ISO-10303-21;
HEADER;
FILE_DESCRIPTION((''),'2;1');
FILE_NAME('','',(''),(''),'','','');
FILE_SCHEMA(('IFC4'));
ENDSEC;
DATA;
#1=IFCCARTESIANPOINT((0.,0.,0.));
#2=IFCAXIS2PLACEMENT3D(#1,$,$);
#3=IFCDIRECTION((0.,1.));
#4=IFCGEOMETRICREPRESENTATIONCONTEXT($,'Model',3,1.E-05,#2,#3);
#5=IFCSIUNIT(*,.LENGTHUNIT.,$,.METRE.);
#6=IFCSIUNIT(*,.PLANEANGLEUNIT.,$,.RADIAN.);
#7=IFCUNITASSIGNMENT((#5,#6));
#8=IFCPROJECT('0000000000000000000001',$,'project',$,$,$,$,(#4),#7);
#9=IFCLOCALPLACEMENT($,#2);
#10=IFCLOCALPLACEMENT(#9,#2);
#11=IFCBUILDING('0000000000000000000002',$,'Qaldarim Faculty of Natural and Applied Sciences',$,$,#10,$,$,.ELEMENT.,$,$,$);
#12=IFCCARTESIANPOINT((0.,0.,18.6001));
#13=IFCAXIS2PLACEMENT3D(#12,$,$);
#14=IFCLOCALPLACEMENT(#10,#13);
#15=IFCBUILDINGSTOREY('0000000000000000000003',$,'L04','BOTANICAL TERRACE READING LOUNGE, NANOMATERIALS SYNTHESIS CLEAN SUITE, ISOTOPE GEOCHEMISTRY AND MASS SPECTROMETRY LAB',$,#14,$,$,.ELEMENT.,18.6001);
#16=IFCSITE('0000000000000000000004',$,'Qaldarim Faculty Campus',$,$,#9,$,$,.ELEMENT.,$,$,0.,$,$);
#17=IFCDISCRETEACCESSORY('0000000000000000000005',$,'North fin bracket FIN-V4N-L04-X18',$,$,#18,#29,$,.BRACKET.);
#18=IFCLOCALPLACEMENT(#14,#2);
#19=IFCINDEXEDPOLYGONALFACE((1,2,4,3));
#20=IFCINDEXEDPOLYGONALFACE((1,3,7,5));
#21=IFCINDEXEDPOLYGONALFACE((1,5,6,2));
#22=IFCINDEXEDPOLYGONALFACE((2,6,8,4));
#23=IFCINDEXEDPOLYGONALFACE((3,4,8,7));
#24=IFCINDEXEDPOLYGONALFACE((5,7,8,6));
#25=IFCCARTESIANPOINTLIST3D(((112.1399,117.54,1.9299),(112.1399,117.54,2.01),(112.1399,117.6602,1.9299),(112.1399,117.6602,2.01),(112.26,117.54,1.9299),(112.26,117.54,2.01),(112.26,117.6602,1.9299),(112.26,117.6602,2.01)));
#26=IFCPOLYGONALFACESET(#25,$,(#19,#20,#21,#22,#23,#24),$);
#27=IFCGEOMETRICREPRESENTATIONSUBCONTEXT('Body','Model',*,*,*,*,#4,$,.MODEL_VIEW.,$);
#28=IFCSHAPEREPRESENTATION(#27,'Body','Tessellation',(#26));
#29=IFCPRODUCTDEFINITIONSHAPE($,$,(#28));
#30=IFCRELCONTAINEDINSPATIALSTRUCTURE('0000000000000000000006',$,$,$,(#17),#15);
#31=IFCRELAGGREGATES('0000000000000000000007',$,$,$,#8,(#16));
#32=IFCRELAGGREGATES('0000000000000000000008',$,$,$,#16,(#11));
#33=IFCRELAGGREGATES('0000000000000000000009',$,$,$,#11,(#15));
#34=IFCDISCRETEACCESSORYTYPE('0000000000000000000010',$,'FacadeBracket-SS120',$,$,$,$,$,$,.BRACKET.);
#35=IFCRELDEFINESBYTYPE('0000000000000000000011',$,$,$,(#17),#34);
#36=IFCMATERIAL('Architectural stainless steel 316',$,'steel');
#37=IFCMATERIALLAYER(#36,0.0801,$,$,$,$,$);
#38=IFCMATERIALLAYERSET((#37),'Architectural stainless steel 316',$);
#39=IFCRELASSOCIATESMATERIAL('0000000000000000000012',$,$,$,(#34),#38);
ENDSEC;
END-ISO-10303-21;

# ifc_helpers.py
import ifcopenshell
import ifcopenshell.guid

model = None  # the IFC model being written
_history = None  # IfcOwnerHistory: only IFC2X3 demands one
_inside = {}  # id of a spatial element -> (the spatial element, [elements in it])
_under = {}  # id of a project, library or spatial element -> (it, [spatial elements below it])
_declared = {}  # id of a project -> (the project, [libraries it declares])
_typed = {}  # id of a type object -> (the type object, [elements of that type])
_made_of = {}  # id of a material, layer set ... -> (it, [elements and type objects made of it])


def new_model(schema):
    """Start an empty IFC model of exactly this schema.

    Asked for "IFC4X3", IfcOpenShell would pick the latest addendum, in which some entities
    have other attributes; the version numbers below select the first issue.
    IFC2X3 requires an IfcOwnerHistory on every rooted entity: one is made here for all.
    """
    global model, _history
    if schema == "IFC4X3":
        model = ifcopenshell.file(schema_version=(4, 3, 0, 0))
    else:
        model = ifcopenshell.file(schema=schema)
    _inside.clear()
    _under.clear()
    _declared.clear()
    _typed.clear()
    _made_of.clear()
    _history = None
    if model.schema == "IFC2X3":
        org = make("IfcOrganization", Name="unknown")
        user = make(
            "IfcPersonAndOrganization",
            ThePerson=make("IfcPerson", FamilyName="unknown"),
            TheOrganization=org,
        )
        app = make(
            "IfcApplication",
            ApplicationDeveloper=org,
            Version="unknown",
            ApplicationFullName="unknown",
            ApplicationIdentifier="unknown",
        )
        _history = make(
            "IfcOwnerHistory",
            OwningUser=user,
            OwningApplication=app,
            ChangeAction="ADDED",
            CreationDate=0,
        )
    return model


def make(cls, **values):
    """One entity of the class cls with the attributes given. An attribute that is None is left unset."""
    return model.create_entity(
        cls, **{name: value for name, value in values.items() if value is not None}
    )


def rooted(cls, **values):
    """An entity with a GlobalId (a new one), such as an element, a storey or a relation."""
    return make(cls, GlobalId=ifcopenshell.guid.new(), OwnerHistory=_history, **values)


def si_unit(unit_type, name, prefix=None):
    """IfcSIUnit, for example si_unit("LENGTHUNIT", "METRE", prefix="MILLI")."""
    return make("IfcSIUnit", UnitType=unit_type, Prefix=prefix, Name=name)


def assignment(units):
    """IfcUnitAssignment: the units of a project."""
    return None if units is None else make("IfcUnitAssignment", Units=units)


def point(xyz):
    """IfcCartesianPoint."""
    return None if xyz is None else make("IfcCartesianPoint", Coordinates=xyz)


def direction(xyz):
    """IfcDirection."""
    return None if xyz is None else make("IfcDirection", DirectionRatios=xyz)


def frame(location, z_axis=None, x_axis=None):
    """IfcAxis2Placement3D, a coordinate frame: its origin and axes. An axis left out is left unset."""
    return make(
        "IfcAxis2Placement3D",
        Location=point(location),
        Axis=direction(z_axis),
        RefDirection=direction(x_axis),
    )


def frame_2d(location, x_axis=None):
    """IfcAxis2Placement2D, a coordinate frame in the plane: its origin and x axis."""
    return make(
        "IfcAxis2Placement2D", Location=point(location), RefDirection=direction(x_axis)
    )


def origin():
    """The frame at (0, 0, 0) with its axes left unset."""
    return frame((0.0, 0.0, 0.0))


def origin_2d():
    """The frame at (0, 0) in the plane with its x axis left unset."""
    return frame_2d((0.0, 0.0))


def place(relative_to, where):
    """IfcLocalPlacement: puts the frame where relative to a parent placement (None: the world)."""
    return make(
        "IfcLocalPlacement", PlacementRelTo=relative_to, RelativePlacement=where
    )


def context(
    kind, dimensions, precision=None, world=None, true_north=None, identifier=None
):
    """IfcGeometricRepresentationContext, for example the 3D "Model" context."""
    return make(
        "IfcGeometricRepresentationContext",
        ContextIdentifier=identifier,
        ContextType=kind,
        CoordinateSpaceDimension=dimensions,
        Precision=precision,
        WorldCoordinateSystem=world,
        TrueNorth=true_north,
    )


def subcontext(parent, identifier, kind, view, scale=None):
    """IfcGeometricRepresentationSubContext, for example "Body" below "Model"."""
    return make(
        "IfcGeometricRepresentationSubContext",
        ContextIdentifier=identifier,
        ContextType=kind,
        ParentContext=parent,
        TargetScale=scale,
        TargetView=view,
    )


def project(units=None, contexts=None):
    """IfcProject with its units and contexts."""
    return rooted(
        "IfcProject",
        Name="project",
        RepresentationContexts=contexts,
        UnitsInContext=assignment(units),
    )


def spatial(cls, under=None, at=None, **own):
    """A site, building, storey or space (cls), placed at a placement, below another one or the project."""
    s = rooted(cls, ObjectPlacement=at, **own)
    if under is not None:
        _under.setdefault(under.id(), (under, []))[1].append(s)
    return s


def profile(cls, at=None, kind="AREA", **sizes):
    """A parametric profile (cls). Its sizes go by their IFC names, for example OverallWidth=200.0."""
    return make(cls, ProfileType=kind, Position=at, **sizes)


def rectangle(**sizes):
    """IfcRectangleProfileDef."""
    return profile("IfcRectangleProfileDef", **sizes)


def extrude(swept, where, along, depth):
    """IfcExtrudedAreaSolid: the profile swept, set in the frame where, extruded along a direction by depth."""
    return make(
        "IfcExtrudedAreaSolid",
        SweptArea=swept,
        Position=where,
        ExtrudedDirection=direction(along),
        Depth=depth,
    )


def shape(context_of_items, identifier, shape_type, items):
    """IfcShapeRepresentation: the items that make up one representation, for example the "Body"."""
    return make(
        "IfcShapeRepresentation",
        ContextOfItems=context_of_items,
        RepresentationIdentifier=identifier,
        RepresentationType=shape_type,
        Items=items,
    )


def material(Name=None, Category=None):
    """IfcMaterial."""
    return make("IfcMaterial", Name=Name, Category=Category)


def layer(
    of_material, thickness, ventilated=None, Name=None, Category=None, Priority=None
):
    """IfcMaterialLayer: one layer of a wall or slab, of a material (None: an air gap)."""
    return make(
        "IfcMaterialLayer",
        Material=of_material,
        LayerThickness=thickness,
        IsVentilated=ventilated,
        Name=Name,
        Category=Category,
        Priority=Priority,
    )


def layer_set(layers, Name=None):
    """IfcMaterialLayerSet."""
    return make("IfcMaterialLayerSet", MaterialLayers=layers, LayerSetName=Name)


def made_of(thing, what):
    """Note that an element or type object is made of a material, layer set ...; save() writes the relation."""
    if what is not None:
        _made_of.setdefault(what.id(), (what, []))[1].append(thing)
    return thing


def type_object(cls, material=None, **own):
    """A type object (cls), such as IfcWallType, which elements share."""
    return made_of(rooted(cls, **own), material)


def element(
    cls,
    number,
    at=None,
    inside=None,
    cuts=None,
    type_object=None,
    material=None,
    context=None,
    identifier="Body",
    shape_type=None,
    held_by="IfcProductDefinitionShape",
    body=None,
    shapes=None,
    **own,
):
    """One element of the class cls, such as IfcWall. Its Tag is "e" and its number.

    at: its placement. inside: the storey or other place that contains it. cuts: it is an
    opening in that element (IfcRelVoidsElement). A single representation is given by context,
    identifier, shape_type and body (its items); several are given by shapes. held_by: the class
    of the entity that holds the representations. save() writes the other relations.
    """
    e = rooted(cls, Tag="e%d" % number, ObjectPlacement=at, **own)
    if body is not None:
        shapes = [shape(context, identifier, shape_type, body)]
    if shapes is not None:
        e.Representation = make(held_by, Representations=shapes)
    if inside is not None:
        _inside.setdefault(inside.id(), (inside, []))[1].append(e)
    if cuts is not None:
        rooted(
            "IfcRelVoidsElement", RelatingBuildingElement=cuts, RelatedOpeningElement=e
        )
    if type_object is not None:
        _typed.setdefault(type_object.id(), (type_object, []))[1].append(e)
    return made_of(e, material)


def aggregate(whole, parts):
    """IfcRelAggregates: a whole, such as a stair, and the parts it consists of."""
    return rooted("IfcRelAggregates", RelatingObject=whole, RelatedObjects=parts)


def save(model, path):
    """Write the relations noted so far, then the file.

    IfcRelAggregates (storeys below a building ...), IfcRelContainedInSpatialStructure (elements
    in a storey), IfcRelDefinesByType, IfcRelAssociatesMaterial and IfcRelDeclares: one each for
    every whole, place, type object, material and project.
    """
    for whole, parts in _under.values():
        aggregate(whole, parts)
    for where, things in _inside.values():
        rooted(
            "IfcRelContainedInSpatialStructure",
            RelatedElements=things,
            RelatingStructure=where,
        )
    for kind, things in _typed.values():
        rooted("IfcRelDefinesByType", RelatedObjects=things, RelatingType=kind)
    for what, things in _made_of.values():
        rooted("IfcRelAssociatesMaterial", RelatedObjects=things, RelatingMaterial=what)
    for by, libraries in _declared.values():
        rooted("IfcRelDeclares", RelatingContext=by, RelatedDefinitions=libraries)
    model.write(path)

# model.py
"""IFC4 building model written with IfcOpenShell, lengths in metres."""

from ifc_helpers import new_model, si_unit, direction, frame, origin, origin_2d, place, context, subcontext, project, spatial, rectangle, extrude, material, layer, layer_set, type_object, element, save


model = new_model("IFC4")

# Units and contexts
model_context = context("Model", 3, precision=1e-05, world=origin(), true_north=direction((0.0, 1.0)))
body_context = subcontext(model_context, "Body", "Model", "MODEL_VIEW")
ifc_project = project(units=[si_unit("LENGTHUNIT", "METRE"), si_unit("PLANEANGLEUNIT", "RADIAN")], contexts=[model_context])

# Site, building, storey
site_placement = place(None, origin())
site = spatial("IfcSite", under=ifc_project, at=site_placement, Name="Qaldarim Faculty Campus", CompositionType="ELEMENT", RefElevation=0.0)
building_placement = place(site_placement, origin())
building = spatial("IfcBuilding", under=site, at=building_placement, Name="Qaldarim Faculty of Natural and Applied Sciences", CompositionType="ELEMENT")
storey_placement = place(building_placement, frame((0.0, 0.0, 18.6001)))
storey = spatial("IfcBuildingStorey", under=building, at=storey_placement, Name="L04", Description="BOTANICAL TERRACE READING LOUNGE, NANOMATERIALS SYNTHESIS CLEAN SUITE, ISOTOPE GEOCHEMISTRY AND MASS SPECTROMETRY LAB", CompositionType="ELEMENT", Elevation=18.6001)

# Shared definitions
ifc_material_1 = material(Name="Architectural stainless steel 316", Category="steel")

# Discrete accessory
ifc_layer_1 = layer(ifc_material_1, 0.0801)
ifc_layer_set_1 = layer_set([ifc_layer_1], Name="Architectural stainless steel 316")
discrete_accessory_type = type_object("IfcDiscreteAccessoryType", Name="FacadeBracket-SS120", PredefinedType="BRACKET", material=ifc_layer_set_1)
for number, where, z_axis, x_axis, name in (
    (1, (112.2, 117.6001, 1.9299), (0.0, 0.0, 1.0), (1.0, 0.0, 0.0), "North fin bracket FIN-V4N-L04-X18"),
):
    element("IfcDiscreteAccessory", number, at=place(storey_placement, frame(where, z_axis=z_axis, x_axis=x_axis)), inside=storey, type_object=discrete_accessory_type, Name=name, PredefinedType="BRACKET", context=body_context, shape_type="SweptSolid", body=[
        extrude(rectangle(XDim=0.1201, YDim=0.1201, at=origin_2d()), origin(), (0.0, 0.0, 1.0), 0.0801),
    ])

save(model, "model.ifc")
